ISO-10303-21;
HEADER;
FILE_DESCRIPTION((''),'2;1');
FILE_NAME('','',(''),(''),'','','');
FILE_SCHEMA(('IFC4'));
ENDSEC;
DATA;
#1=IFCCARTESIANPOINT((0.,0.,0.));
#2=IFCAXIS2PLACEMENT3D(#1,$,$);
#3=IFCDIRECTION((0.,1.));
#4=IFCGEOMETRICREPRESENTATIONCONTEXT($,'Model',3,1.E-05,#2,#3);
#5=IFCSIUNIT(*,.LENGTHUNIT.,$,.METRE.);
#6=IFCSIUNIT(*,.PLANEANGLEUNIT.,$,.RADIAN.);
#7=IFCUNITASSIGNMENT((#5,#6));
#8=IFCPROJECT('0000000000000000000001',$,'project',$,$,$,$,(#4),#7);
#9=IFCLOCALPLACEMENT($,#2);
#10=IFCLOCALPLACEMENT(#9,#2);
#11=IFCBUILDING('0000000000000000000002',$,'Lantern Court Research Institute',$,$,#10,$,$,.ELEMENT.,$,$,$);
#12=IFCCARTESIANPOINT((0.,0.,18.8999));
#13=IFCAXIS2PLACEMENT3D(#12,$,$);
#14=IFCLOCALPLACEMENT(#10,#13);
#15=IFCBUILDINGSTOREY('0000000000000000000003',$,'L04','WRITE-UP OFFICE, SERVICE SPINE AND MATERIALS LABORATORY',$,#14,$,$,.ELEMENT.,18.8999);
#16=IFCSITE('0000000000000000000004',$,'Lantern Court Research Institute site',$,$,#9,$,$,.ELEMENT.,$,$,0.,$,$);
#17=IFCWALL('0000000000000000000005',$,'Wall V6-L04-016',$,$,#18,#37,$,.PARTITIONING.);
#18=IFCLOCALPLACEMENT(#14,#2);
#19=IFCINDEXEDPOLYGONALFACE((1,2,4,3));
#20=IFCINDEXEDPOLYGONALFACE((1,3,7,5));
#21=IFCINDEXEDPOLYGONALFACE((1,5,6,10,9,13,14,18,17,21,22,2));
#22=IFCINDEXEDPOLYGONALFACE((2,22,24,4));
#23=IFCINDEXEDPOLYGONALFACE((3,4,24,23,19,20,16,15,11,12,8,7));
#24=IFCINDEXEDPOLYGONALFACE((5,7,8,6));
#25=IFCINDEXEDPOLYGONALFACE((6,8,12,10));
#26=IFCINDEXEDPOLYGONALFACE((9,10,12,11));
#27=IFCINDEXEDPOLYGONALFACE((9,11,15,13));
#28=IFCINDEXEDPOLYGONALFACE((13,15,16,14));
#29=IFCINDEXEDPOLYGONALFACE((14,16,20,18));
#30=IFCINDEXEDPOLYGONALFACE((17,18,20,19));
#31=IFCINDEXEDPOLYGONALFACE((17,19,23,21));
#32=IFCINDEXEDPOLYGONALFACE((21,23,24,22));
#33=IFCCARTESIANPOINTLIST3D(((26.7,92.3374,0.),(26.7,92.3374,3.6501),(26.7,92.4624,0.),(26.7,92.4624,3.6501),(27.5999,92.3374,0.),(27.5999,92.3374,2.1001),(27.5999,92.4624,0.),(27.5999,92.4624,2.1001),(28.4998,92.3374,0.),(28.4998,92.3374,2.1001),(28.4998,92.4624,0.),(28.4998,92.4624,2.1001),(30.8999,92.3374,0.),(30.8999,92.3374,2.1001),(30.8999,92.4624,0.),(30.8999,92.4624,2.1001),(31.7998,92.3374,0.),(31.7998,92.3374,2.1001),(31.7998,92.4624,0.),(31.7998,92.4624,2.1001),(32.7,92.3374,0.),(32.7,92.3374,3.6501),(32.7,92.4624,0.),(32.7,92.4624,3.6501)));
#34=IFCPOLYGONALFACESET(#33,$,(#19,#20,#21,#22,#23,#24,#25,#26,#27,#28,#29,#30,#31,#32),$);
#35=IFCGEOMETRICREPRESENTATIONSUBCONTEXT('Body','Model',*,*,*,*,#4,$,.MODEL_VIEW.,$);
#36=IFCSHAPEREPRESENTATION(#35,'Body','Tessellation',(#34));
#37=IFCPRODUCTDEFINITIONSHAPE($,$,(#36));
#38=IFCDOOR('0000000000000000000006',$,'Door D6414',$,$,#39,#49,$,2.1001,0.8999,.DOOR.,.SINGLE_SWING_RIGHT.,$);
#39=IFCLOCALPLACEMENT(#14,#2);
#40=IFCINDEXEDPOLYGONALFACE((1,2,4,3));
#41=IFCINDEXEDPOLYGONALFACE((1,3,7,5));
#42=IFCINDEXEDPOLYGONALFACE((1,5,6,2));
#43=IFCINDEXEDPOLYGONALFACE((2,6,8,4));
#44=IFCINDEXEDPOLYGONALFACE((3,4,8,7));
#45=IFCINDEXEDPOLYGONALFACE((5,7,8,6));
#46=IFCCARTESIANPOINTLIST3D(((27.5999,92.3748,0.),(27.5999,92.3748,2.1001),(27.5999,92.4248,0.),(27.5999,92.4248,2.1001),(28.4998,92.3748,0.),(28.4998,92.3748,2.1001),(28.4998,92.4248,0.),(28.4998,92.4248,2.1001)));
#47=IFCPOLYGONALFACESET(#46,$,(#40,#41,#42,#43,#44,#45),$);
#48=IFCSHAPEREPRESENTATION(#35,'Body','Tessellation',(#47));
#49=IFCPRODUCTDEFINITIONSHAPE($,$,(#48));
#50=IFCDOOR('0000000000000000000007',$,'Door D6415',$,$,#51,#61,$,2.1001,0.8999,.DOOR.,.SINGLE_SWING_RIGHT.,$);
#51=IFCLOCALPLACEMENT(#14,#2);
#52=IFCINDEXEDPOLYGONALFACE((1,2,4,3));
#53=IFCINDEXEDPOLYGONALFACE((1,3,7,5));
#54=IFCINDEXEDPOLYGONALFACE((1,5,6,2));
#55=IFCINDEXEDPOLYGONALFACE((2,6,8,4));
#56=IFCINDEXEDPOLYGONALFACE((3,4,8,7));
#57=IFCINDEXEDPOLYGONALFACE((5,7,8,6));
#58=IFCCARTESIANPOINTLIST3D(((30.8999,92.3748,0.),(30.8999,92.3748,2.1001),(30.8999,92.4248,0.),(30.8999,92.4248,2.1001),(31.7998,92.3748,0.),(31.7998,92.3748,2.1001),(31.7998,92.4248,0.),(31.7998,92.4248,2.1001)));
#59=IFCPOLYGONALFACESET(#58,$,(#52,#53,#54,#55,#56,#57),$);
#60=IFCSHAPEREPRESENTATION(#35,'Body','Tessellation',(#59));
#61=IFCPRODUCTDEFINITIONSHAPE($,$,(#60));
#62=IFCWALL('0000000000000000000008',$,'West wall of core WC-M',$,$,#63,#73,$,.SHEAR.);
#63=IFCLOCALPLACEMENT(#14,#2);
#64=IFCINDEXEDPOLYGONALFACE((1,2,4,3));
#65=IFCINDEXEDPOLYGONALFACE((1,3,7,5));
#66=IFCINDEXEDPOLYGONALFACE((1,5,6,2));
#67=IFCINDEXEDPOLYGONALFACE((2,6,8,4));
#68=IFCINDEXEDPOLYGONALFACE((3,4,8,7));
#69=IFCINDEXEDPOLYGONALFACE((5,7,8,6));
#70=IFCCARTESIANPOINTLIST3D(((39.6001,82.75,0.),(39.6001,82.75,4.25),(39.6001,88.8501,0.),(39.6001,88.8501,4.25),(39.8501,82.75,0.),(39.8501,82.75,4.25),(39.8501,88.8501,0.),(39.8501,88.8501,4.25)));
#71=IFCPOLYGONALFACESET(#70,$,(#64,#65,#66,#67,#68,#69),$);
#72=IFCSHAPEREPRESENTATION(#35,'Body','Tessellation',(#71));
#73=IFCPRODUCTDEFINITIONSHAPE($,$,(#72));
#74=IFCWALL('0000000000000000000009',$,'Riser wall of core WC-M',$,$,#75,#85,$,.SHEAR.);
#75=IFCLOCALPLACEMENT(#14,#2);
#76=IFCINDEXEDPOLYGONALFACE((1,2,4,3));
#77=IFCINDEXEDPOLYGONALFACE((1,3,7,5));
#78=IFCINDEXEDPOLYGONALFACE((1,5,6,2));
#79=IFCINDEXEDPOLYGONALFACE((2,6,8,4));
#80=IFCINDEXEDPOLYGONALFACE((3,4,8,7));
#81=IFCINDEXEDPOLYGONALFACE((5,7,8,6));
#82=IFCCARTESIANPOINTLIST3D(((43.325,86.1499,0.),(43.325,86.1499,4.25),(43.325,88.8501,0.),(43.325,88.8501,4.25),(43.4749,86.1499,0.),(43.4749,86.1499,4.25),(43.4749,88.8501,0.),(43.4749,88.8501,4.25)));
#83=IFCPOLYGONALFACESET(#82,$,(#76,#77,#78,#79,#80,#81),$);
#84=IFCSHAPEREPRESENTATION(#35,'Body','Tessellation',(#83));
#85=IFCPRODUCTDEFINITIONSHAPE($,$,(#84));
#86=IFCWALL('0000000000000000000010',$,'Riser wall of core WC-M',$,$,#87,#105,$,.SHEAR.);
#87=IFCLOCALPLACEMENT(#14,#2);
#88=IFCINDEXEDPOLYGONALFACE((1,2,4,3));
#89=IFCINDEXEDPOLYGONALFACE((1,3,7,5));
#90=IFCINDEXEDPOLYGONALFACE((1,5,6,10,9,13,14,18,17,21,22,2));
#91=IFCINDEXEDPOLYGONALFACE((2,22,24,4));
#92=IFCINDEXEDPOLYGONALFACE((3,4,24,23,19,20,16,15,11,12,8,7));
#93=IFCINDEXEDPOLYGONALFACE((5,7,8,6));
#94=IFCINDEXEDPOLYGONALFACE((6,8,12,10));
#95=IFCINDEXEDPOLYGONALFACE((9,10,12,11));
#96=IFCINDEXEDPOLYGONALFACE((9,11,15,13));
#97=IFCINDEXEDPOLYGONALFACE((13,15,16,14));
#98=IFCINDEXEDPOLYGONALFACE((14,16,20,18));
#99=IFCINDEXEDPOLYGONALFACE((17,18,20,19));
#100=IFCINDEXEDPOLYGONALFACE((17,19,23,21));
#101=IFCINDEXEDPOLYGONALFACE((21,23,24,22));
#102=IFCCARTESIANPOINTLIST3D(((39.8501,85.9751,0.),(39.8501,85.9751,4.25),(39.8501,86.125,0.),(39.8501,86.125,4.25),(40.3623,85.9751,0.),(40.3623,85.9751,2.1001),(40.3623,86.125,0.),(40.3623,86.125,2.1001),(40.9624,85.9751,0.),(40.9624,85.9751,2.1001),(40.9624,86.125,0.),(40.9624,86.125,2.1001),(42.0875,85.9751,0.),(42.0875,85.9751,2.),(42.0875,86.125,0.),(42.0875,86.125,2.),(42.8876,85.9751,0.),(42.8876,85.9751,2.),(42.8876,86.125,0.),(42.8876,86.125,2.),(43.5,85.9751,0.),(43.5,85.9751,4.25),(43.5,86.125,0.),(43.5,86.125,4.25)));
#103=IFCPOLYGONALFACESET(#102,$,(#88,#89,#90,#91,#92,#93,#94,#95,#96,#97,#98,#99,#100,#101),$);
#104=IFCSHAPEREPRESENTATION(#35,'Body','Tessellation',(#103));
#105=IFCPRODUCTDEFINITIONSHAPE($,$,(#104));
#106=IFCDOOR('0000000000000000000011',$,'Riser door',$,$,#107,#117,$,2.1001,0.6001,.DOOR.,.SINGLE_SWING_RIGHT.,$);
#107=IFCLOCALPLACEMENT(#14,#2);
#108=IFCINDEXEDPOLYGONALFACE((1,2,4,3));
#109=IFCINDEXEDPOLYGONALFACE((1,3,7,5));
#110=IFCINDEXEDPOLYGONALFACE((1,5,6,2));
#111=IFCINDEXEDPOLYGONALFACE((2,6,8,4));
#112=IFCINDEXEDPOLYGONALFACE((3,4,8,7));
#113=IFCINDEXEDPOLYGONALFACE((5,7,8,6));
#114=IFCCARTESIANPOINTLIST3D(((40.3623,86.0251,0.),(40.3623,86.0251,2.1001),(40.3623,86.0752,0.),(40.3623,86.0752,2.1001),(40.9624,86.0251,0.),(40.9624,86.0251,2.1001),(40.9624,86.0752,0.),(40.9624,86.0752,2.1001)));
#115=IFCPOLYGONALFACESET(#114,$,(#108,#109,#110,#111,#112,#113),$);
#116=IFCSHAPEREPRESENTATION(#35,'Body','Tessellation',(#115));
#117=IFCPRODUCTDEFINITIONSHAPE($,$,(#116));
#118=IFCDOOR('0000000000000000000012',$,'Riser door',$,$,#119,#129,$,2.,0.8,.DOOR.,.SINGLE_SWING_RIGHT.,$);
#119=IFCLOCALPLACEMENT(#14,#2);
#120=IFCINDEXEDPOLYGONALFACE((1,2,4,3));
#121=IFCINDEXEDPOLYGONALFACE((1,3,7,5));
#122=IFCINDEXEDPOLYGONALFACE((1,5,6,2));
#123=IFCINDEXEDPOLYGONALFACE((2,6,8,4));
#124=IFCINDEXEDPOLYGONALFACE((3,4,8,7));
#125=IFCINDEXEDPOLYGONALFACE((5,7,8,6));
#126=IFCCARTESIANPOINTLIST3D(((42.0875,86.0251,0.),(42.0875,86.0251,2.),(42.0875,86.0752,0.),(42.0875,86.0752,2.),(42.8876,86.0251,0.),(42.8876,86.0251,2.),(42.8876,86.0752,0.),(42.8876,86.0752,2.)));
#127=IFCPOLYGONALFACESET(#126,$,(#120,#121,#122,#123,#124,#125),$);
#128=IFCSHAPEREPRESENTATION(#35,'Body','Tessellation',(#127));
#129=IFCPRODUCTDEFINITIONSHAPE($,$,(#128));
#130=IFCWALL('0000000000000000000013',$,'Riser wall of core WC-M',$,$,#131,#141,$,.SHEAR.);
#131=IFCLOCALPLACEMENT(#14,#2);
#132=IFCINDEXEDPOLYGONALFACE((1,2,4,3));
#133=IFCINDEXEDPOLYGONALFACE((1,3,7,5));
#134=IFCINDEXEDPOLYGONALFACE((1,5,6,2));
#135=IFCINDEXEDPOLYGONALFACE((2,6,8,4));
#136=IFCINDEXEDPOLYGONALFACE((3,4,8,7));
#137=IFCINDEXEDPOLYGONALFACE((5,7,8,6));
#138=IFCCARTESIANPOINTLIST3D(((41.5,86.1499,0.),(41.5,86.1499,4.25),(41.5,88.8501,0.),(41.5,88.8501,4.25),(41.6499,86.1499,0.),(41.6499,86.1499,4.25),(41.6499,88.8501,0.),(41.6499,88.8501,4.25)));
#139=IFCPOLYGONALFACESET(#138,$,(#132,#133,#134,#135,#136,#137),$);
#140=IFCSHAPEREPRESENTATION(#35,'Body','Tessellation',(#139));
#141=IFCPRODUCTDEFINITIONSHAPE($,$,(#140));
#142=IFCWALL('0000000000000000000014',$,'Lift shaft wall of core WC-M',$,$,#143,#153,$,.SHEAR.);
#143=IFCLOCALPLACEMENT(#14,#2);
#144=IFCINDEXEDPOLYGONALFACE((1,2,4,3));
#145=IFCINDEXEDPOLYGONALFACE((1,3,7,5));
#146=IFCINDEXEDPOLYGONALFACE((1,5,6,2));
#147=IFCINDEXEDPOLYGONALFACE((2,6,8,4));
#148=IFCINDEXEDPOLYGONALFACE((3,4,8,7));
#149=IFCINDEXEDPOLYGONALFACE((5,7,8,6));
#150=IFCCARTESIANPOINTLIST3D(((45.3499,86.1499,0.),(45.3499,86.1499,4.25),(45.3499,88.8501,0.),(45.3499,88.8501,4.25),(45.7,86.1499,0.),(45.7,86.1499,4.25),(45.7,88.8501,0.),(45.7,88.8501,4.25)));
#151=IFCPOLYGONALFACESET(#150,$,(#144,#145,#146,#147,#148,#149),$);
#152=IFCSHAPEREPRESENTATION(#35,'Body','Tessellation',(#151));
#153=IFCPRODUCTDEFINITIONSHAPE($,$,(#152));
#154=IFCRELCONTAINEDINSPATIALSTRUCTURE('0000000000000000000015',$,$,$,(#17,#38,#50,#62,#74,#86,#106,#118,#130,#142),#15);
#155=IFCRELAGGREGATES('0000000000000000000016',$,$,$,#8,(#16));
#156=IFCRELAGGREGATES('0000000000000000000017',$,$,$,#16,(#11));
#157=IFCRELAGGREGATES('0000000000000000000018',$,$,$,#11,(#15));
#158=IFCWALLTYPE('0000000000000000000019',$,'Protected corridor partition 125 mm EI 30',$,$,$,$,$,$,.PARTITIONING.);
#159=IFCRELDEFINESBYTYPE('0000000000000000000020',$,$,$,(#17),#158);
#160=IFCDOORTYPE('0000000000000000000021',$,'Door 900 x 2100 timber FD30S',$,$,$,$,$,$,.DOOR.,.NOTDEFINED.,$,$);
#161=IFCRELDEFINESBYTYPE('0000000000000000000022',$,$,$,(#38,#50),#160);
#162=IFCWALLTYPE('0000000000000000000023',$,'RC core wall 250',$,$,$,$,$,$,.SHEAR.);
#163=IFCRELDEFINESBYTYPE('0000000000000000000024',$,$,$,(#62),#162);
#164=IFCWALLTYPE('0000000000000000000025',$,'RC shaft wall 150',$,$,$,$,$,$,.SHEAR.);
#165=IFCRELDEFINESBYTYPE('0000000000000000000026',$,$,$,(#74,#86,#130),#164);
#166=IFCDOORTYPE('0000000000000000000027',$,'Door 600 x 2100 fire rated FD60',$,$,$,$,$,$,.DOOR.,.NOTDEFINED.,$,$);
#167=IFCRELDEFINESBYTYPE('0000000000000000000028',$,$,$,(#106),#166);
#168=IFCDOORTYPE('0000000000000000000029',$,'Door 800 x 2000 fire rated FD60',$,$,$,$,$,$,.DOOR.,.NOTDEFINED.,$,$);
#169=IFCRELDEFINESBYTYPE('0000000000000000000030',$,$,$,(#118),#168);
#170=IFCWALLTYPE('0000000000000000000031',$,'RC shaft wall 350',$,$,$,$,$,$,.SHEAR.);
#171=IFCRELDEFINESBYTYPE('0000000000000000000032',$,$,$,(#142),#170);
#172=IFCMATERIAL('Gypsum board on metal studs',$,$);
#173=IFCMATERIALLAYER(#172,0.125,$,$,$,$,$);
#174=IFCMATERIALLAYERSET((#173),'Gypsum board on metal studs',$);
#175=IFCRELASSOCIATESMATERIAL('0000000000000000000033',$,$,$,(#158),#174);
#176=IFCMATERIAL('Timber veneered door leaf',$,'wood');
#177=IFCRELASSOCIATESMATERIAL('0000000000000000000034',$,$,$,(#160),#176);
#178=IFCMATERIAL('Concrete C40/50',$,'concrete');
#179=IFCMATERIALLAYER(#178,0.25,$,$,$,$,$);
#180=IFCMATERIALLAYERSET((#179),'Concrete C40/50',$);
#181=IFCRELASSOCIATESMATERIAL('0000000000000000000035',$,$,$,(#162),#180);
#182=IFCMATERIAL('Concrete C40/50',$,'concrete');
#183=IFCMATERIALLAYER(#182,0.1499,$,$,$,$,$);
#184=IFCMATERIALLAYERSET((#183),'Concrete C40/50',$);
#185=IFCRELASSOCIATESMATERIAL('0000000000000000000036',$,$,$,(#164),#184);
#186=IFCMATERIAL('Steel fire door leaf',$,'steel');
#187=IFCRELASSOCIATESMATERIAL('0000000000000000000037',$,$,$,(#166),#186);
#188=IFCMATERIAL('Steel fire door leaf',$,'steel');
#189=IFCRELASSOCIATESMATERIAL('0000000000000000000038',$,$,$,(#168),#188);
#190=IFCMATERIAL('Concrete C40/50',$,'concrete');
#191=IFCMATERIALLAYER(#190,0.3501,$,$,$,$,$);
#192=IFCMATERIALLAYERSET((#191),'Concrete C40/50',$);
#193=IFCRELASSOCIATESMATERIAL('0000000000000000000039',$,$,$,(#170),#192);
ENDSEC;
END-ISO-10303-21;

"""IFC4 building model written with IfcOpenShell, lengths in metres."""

from ifc_helpers import new_model, si_unit, direction, frame, frame_2d, origin, place, context, subcontext, project, spatial, rectangle, extrude, material, layer, layer_set, type_object, element, fill, save


model = new_model("IFC4")

# Units and contexts
model_context = context("Model", 3, precision=1e-05, world=origin(), true_north=direction((0.0, 1.0)))
body_context = subcontext(model_context, "Body", "Model", "MODEL_VIEW")
ifc_project = project(units=[si_unit("LENGTHUNIT", "METRE"), si_unit("PLANEANGLEUNIT", "RADIAN")], contexts=[model_context])

# Site, building, storey
site_placement = place(None, origin())
site = spatial("IfcSite", under=ifc_project, at=site_placement, Name="Lantern Court Research Institute site", CompositionType="ELEMENT", RefElevation=0.0)
building_placement = place(site_placement, origin())
building = spatial("IfcBuilding", under=site, at=building_placement, Name="Lantern Court Research Institute", CompositionType="ELEMENT")
storey_placement = place(building_placement, frame((0.0, 0.0, 18.8999)))
storey = spatial("IfcBuildingStorey", under=building, at=storey_placement, Name="L04", Description="WRITE-UP OFFICE, SERVICE SPINE AND MATERIALS LABORATORY", CompositionType="ELEMENT", Elevation=18.8999)

# Shared definitions
ifc_material_1 = material(Name="Gypsum board on metal studs")
ifc_layer_1 = layer(ifc_material_1, 0.125)
ifc_layer_set_1 = layer_set([ifc_layer_1], Name="Gypsum board on metal studs")
wall_type_1 = type_object("IfcWallType", Name="Protected corridor partition 125 mm EI 30", PredefinedType="PARTITIONING", material=ifc_layer_set_1)

# Wall, openings, doors
wall_1_placement = place(storey_placement, frame((26.7, 92.3999, 0.0), z_axis=(0.0, 0.0, 1.0), x_axis=(1.0, 0.0, 0.0)))
wall_1 = element("IfcWall", 1, at=wall_1_placement, inside=storey, type_object=wall_type_1, Name="Wall V6-L04-016", PredefinedType="PARTITIONING", context=body_context, shape_type="SweptSolid", body=[
    extrude(rectangle(XDim=6.0, YDim=0.125, at=frame_2d((3.0, 0.0))), origin(), (0.0, 0.0, 1.0), 3.6501),
])
opening_1_placement = place(wall_1_placement, frame((0.8999, 0.0, 0.0)))
opening_1 = element("IfcOpeningElement", 2, at=opening_1_placement, cuts=wall_1, PredefinedType="OPENING", context=body_context, shape_type="SweptSolid", body=[
    extrude(rectangle(XDim=0.8999, YDim=2.1001, at=frame_2d((0.45, 1.05))), frame((0.0, 0.0725, 0.0), z_axis=(0.0, -1.0, 0.0), x_axis=(1.0, 0.0, 0.0)), (0.0, 0.0, 1.0), 0.145),
])
opening_2_placement = place(wall_1_placement, frame((4.2, 0.0, 0.0)))
opening_2 = element("IfcOpeningElement", 3, at=opening_2_placement, cuts=wall_1, PredefinedType="OPENING", context=body_context, shape_type="SweptSolid", body=[
    extrude(rectangle(XDim=0.8999, YDim=2.1001, at=frame_2d((0.45, 1.05))), frame((0.0, 0.0725, 0.0), z_axis=(0.0, -1.0, 0.0), x_axis=(1.0, 0.0, 0.0)), (0.0, 0.0, 1.0), 0.145),
])
ifc_material_2 = material(Name="Timber veneered door leaf", Category="wood")
door_type_1 = type_object("IfcDoorType", Name="Door 900 x 2100 timber FD30S", OperationType="NOTDEFINED", PredefinedType="DOOR", material=ifc_material_2)
door_1_placement = place(opening_1_placement, origin())
door_1 = element("IfcDoor", 4, at=door_1_placement, inside=storey, type_object=door_type_1, Name="Door D6414", OperationType="SINGLE_SWING_RIGHT", OverallHeight=2.1001, OverallWidth=0.8999, PredefinedType="DOOR", context=body_context, shape_type="SweptSolid", body=[
    extrude(rectangle(XDim=0.8999, YDim=2.1001, at=frame_2d((0.45, 1.05))), frame((0.0, 0.0249, 0.0), z_axis=(0.0, -1.0, 0.0), x_axis=(1.0, 0.0, 0.0)), (0.0, 0.0, 1.0), 0.05),
])
fill(opening_1, door_1)
door_2_placement = place(opening_2_placement, origin())
door_2 = element("IfcDoor", 5, at=door_2_placement, inside=storey, type_object=door_type_1, Name="Door D6415", OperationType="SINGLE_SWING_RIGHT", OverallHeight=2.1001, OverallWidth=0.8999, PredefinedType="DOOR", context=body_context, shape_type="SweptSolid", body=[
    extrude(rectangle(XDim=0.8999, YDim=2.1001, at=frame_2d((0.45, 1.05))), frame((0.0, 0.0249, 0.0), z_axis=(0.0, -1.0, 0.0), x_axis=(1.0, 0.0, 0.0)), (0.0, 0.0, 1.0), 0.05),
])
fill(opening_2, door_2)

# Walls
ifc_material_3 = material(Name="Concrete C40/50", Category="concrete")
ifc_layer_2 = layer(ifc_material_3, 0.25)
ifc_layer_set_2 = layer_set([ifc_layer_2], Name="Concrete C40/50")
wall_type_2 = type_object("IfcWallType", Name="RC core wall 250", PredefinedType="SHEAR", material=ifc_layer_set_2)
wall_2_placement = place(storey_placement, frame((39.7251, 88.8501, 0.0), z_axis=(0.0, 0.0, 1.0), x_axis=(0.0, -1.0, 0.0)))
element("IfcWall", 6, at=wall_2_placement, inside=storey, type_object=wall_type_2, Name="West wall of core WC-M", PredefinedType="SHEAR", context=body_context, shape_type="SweptSolid", body=[
    extrude(rectangle(XDim=6.1001, YDim=0.25, at=frame_2d((3.05, 0.0))), origin(), (0.0, 0.0, 1.0), 4.25),
])
ifc_material_4 = material(Name="Concrete C40/50", Category="concrete")
ifc_layer_3 = layer(ifc_material_4, 0.1499)
ifc_layer_set_3 = layer_set([ifc_layer_3], Name="Concrete C40/50")
wall_type_3 = type_object("IfcWallType", Name="RC shaft wall 150", PredefinedType="SHEAR", material=ifc_layer_set_3)
wall_3_placement = place(storey_placement, frame((43.3999, 88.8501, 0.0), z_axis=(0.0, 0.0, 1.0), x_axis=(0.0, -1.0, 0.0)))
element("IfcWall", 7, at=wall_3_placement, inside=storey, type_object=wall_type_3, Name="Riser wall of core WC-M", PredefinedType="SHEAR", context=body_context, shape_type="SweptSolid", body=[
    extrude(rectangle(XDim=2.7002, YDim=0.1499, at=frame_2d((1.3501, 0.0))), origin(), (0.0, 0.0, 1.0), 4.25),
])

# Wall, openings, doors
wall_4_placement = place(storey_placement, frame((43.5, 86.05, 0.0), z_axis=(0.0, 0.0, 1.0), x_axis=(-1.0, 0.0, 0.0)))
wall_4 = element("IfcWall", 8, at=wall_4_placement, inside=storey, type_object=wall_type_3, Name="Riser wall of core WC-M", PredefinedType="SHEAR", context=body_context, shape_type="SweptSolid", body=[
    extrude(rectangle(XDim=3.6499, YDim=0.1499, at=frame_2d((1.825, 0.0))), origin(), (0.0, 0.0, 1.0), 4.25),
])
opening_3_placement = place(wall_4_placement, frame((0.6125, 0.0, 0.0)))
opening_3 = element("IfcOpeningElement", 9, at=opening_3_placement, cuts=wall_4, PredefinedType="OPENING", context=body_context, shape_type="SweptSolid", body=[
    extrude(rectangle(XDim=0.8, YDim=2.0, at=frame_2d((0.3999, 1.0))), frame((0.0, 0.085, 0.0), z_axis=(0.0, -1.0, 0.0), x_axis=(1.0, 0.0, 0.0)), (0.0, 0.0, 1.0), 0.1699),
])
opening_4_placement = place(wall_4_placement, frame((2.5376, 0.0, 0.0)))
opening_4 = element("IfcOpeningElement", 10, at=opening_4_placement, cuts=wall_4, PredefinedType="OPENING", context=body_context, shape_type="SweptSolid", body=[
    extrude(rectangle(XDim=0.6001, YDim=2.1001, at=frame_2d((0.3, 1.05))), frame((0.0, 0.085, 0.0), z_axis=(0.0, -1.0, 0.0), x_axis=(1.0, 0.0, 0.0)), (0.0, 0.0, 1.0), 0.1699),
])
ifc_material_5 = material(Name="Steel fire door leaf", Category="steel")
door_type_2 = type_object("IfcDoorType", Name="Door 600 x 2100 fire rated FD60", OperationType="NOTDEFINED", PredefinedType="DOOR", material=ifc_material_5)
door_3_placement = place(opening_4_placement, origin())
door_3 = element("IfcDoor", 11, at=door_3_placement, inside=storey, type_object=door_type_2, Name="Riser door", OperationType="SINGLE_SWING_RIGHT", OverallHeight=2.1001, OverallWidth=0.6001, PredefinedType="DOOR", context=body_context, shape_type="SweptSolid", body=[
    extrude(rectangle(XDim=0.6001, YDim=2.1001, at=frame_2d((0.3, 1.05))), frame((0.0, 0.0249, 0.0), z_axis=(0.0, -1.0, 0.0), x_axis=(1.0, 0.0, 0.0)), (0.0, 0.0, 1.0), 0.05),
])
fill(opening_4, door_3)
ifc_material_6 = material(Name="Steel fire door leaf", Category="steel")
door_type_3 = type_object("IfcDoorType", Name="Door 800 x 2000 fire rated FD60", OperationType="NOTDEFINED", PredefinedType="DOOR", material=ifc_material_6)
door_4_placement = place(opening_3_placement, origin())
door_4 = element("IfcDoor", 12, at=door_4_placement, inside=storey, type_object=door_type_3, Name="Riser door", OperationType="SINGLE_SWING_RIGHT", OverallHeight=2.0, OverallWidth=0.8, PredefinedType="DOOR", context=body_context, shape_type="SweptSolid", body=[
    extrude(rectangle(XDim=0.8, YDim=2.0, at=frame_2d((0.3999, 1.0))), frame((0.0, 0.0249, 0.0), z_axis=(0.0, -1.0, 0.0), x_axis=(1.0, 0.0, 0.0)), (0.0, 0.0, 1.0), 0.05),
])
fill(opening_3, door_4)

# Walls
wall_5_placement = place(storey_placement, frame((41.575, 88.8501, 0.0), z_axis=(0.0, 0.0, 1.0), x_axis=(0.0, -1.0, 0.0)))
element("IfcWall", 13, at=wall_5_placement, inside=storey, type_object=wall_type_3, Name="Riser wall of core WC-M", PredefinedType="SHEAR", context=body_context, shape_type="SweptSolid", body=[
    extrude(rectangle(XDim=2.7002, YDim=0.1499, at=frame_2d((1.3501, 0.0))), origin(), (0.0, 0.0, 1.0), 4.25),
])
ifc_material_7 = material(Name="Concrete C40/50", Category="concrete")
ifc_layer_4 = layer(ifc_material_7, 0.3501)
ifc_layer_set_4 = layer_set([ifc_layer_4], Name="Concrete C40/50")
wall_type_4 = type_object("IfcWallType", Name="RC shaft wall 350", PredefinedType="SHEAR", material=ifc_layer_set_4)
wall_6_placement = place(storey_placement, frame((45.5249, 88.8501, 0.0), z_axis=(0.0, 0.0, 1.0), x_axis=(0.0, -1.0, 0.0)))
element("IfcWall", 14, at=wall_6_placement, inside=storey, type_object=wall_type_4, Name="Lift shaft wall of core WC-M", PredefinedType="SHEAR", context=body_context, shape_type="SweptSolid", body=[
    extrude(rectangle(XDim=2.7002, YDim=0.3501, at=frame_2d((1.3501, 0.0))), origin(), (0.0, 0.0, 1.0), 4.25),
])

save(model, "model.ifc")
